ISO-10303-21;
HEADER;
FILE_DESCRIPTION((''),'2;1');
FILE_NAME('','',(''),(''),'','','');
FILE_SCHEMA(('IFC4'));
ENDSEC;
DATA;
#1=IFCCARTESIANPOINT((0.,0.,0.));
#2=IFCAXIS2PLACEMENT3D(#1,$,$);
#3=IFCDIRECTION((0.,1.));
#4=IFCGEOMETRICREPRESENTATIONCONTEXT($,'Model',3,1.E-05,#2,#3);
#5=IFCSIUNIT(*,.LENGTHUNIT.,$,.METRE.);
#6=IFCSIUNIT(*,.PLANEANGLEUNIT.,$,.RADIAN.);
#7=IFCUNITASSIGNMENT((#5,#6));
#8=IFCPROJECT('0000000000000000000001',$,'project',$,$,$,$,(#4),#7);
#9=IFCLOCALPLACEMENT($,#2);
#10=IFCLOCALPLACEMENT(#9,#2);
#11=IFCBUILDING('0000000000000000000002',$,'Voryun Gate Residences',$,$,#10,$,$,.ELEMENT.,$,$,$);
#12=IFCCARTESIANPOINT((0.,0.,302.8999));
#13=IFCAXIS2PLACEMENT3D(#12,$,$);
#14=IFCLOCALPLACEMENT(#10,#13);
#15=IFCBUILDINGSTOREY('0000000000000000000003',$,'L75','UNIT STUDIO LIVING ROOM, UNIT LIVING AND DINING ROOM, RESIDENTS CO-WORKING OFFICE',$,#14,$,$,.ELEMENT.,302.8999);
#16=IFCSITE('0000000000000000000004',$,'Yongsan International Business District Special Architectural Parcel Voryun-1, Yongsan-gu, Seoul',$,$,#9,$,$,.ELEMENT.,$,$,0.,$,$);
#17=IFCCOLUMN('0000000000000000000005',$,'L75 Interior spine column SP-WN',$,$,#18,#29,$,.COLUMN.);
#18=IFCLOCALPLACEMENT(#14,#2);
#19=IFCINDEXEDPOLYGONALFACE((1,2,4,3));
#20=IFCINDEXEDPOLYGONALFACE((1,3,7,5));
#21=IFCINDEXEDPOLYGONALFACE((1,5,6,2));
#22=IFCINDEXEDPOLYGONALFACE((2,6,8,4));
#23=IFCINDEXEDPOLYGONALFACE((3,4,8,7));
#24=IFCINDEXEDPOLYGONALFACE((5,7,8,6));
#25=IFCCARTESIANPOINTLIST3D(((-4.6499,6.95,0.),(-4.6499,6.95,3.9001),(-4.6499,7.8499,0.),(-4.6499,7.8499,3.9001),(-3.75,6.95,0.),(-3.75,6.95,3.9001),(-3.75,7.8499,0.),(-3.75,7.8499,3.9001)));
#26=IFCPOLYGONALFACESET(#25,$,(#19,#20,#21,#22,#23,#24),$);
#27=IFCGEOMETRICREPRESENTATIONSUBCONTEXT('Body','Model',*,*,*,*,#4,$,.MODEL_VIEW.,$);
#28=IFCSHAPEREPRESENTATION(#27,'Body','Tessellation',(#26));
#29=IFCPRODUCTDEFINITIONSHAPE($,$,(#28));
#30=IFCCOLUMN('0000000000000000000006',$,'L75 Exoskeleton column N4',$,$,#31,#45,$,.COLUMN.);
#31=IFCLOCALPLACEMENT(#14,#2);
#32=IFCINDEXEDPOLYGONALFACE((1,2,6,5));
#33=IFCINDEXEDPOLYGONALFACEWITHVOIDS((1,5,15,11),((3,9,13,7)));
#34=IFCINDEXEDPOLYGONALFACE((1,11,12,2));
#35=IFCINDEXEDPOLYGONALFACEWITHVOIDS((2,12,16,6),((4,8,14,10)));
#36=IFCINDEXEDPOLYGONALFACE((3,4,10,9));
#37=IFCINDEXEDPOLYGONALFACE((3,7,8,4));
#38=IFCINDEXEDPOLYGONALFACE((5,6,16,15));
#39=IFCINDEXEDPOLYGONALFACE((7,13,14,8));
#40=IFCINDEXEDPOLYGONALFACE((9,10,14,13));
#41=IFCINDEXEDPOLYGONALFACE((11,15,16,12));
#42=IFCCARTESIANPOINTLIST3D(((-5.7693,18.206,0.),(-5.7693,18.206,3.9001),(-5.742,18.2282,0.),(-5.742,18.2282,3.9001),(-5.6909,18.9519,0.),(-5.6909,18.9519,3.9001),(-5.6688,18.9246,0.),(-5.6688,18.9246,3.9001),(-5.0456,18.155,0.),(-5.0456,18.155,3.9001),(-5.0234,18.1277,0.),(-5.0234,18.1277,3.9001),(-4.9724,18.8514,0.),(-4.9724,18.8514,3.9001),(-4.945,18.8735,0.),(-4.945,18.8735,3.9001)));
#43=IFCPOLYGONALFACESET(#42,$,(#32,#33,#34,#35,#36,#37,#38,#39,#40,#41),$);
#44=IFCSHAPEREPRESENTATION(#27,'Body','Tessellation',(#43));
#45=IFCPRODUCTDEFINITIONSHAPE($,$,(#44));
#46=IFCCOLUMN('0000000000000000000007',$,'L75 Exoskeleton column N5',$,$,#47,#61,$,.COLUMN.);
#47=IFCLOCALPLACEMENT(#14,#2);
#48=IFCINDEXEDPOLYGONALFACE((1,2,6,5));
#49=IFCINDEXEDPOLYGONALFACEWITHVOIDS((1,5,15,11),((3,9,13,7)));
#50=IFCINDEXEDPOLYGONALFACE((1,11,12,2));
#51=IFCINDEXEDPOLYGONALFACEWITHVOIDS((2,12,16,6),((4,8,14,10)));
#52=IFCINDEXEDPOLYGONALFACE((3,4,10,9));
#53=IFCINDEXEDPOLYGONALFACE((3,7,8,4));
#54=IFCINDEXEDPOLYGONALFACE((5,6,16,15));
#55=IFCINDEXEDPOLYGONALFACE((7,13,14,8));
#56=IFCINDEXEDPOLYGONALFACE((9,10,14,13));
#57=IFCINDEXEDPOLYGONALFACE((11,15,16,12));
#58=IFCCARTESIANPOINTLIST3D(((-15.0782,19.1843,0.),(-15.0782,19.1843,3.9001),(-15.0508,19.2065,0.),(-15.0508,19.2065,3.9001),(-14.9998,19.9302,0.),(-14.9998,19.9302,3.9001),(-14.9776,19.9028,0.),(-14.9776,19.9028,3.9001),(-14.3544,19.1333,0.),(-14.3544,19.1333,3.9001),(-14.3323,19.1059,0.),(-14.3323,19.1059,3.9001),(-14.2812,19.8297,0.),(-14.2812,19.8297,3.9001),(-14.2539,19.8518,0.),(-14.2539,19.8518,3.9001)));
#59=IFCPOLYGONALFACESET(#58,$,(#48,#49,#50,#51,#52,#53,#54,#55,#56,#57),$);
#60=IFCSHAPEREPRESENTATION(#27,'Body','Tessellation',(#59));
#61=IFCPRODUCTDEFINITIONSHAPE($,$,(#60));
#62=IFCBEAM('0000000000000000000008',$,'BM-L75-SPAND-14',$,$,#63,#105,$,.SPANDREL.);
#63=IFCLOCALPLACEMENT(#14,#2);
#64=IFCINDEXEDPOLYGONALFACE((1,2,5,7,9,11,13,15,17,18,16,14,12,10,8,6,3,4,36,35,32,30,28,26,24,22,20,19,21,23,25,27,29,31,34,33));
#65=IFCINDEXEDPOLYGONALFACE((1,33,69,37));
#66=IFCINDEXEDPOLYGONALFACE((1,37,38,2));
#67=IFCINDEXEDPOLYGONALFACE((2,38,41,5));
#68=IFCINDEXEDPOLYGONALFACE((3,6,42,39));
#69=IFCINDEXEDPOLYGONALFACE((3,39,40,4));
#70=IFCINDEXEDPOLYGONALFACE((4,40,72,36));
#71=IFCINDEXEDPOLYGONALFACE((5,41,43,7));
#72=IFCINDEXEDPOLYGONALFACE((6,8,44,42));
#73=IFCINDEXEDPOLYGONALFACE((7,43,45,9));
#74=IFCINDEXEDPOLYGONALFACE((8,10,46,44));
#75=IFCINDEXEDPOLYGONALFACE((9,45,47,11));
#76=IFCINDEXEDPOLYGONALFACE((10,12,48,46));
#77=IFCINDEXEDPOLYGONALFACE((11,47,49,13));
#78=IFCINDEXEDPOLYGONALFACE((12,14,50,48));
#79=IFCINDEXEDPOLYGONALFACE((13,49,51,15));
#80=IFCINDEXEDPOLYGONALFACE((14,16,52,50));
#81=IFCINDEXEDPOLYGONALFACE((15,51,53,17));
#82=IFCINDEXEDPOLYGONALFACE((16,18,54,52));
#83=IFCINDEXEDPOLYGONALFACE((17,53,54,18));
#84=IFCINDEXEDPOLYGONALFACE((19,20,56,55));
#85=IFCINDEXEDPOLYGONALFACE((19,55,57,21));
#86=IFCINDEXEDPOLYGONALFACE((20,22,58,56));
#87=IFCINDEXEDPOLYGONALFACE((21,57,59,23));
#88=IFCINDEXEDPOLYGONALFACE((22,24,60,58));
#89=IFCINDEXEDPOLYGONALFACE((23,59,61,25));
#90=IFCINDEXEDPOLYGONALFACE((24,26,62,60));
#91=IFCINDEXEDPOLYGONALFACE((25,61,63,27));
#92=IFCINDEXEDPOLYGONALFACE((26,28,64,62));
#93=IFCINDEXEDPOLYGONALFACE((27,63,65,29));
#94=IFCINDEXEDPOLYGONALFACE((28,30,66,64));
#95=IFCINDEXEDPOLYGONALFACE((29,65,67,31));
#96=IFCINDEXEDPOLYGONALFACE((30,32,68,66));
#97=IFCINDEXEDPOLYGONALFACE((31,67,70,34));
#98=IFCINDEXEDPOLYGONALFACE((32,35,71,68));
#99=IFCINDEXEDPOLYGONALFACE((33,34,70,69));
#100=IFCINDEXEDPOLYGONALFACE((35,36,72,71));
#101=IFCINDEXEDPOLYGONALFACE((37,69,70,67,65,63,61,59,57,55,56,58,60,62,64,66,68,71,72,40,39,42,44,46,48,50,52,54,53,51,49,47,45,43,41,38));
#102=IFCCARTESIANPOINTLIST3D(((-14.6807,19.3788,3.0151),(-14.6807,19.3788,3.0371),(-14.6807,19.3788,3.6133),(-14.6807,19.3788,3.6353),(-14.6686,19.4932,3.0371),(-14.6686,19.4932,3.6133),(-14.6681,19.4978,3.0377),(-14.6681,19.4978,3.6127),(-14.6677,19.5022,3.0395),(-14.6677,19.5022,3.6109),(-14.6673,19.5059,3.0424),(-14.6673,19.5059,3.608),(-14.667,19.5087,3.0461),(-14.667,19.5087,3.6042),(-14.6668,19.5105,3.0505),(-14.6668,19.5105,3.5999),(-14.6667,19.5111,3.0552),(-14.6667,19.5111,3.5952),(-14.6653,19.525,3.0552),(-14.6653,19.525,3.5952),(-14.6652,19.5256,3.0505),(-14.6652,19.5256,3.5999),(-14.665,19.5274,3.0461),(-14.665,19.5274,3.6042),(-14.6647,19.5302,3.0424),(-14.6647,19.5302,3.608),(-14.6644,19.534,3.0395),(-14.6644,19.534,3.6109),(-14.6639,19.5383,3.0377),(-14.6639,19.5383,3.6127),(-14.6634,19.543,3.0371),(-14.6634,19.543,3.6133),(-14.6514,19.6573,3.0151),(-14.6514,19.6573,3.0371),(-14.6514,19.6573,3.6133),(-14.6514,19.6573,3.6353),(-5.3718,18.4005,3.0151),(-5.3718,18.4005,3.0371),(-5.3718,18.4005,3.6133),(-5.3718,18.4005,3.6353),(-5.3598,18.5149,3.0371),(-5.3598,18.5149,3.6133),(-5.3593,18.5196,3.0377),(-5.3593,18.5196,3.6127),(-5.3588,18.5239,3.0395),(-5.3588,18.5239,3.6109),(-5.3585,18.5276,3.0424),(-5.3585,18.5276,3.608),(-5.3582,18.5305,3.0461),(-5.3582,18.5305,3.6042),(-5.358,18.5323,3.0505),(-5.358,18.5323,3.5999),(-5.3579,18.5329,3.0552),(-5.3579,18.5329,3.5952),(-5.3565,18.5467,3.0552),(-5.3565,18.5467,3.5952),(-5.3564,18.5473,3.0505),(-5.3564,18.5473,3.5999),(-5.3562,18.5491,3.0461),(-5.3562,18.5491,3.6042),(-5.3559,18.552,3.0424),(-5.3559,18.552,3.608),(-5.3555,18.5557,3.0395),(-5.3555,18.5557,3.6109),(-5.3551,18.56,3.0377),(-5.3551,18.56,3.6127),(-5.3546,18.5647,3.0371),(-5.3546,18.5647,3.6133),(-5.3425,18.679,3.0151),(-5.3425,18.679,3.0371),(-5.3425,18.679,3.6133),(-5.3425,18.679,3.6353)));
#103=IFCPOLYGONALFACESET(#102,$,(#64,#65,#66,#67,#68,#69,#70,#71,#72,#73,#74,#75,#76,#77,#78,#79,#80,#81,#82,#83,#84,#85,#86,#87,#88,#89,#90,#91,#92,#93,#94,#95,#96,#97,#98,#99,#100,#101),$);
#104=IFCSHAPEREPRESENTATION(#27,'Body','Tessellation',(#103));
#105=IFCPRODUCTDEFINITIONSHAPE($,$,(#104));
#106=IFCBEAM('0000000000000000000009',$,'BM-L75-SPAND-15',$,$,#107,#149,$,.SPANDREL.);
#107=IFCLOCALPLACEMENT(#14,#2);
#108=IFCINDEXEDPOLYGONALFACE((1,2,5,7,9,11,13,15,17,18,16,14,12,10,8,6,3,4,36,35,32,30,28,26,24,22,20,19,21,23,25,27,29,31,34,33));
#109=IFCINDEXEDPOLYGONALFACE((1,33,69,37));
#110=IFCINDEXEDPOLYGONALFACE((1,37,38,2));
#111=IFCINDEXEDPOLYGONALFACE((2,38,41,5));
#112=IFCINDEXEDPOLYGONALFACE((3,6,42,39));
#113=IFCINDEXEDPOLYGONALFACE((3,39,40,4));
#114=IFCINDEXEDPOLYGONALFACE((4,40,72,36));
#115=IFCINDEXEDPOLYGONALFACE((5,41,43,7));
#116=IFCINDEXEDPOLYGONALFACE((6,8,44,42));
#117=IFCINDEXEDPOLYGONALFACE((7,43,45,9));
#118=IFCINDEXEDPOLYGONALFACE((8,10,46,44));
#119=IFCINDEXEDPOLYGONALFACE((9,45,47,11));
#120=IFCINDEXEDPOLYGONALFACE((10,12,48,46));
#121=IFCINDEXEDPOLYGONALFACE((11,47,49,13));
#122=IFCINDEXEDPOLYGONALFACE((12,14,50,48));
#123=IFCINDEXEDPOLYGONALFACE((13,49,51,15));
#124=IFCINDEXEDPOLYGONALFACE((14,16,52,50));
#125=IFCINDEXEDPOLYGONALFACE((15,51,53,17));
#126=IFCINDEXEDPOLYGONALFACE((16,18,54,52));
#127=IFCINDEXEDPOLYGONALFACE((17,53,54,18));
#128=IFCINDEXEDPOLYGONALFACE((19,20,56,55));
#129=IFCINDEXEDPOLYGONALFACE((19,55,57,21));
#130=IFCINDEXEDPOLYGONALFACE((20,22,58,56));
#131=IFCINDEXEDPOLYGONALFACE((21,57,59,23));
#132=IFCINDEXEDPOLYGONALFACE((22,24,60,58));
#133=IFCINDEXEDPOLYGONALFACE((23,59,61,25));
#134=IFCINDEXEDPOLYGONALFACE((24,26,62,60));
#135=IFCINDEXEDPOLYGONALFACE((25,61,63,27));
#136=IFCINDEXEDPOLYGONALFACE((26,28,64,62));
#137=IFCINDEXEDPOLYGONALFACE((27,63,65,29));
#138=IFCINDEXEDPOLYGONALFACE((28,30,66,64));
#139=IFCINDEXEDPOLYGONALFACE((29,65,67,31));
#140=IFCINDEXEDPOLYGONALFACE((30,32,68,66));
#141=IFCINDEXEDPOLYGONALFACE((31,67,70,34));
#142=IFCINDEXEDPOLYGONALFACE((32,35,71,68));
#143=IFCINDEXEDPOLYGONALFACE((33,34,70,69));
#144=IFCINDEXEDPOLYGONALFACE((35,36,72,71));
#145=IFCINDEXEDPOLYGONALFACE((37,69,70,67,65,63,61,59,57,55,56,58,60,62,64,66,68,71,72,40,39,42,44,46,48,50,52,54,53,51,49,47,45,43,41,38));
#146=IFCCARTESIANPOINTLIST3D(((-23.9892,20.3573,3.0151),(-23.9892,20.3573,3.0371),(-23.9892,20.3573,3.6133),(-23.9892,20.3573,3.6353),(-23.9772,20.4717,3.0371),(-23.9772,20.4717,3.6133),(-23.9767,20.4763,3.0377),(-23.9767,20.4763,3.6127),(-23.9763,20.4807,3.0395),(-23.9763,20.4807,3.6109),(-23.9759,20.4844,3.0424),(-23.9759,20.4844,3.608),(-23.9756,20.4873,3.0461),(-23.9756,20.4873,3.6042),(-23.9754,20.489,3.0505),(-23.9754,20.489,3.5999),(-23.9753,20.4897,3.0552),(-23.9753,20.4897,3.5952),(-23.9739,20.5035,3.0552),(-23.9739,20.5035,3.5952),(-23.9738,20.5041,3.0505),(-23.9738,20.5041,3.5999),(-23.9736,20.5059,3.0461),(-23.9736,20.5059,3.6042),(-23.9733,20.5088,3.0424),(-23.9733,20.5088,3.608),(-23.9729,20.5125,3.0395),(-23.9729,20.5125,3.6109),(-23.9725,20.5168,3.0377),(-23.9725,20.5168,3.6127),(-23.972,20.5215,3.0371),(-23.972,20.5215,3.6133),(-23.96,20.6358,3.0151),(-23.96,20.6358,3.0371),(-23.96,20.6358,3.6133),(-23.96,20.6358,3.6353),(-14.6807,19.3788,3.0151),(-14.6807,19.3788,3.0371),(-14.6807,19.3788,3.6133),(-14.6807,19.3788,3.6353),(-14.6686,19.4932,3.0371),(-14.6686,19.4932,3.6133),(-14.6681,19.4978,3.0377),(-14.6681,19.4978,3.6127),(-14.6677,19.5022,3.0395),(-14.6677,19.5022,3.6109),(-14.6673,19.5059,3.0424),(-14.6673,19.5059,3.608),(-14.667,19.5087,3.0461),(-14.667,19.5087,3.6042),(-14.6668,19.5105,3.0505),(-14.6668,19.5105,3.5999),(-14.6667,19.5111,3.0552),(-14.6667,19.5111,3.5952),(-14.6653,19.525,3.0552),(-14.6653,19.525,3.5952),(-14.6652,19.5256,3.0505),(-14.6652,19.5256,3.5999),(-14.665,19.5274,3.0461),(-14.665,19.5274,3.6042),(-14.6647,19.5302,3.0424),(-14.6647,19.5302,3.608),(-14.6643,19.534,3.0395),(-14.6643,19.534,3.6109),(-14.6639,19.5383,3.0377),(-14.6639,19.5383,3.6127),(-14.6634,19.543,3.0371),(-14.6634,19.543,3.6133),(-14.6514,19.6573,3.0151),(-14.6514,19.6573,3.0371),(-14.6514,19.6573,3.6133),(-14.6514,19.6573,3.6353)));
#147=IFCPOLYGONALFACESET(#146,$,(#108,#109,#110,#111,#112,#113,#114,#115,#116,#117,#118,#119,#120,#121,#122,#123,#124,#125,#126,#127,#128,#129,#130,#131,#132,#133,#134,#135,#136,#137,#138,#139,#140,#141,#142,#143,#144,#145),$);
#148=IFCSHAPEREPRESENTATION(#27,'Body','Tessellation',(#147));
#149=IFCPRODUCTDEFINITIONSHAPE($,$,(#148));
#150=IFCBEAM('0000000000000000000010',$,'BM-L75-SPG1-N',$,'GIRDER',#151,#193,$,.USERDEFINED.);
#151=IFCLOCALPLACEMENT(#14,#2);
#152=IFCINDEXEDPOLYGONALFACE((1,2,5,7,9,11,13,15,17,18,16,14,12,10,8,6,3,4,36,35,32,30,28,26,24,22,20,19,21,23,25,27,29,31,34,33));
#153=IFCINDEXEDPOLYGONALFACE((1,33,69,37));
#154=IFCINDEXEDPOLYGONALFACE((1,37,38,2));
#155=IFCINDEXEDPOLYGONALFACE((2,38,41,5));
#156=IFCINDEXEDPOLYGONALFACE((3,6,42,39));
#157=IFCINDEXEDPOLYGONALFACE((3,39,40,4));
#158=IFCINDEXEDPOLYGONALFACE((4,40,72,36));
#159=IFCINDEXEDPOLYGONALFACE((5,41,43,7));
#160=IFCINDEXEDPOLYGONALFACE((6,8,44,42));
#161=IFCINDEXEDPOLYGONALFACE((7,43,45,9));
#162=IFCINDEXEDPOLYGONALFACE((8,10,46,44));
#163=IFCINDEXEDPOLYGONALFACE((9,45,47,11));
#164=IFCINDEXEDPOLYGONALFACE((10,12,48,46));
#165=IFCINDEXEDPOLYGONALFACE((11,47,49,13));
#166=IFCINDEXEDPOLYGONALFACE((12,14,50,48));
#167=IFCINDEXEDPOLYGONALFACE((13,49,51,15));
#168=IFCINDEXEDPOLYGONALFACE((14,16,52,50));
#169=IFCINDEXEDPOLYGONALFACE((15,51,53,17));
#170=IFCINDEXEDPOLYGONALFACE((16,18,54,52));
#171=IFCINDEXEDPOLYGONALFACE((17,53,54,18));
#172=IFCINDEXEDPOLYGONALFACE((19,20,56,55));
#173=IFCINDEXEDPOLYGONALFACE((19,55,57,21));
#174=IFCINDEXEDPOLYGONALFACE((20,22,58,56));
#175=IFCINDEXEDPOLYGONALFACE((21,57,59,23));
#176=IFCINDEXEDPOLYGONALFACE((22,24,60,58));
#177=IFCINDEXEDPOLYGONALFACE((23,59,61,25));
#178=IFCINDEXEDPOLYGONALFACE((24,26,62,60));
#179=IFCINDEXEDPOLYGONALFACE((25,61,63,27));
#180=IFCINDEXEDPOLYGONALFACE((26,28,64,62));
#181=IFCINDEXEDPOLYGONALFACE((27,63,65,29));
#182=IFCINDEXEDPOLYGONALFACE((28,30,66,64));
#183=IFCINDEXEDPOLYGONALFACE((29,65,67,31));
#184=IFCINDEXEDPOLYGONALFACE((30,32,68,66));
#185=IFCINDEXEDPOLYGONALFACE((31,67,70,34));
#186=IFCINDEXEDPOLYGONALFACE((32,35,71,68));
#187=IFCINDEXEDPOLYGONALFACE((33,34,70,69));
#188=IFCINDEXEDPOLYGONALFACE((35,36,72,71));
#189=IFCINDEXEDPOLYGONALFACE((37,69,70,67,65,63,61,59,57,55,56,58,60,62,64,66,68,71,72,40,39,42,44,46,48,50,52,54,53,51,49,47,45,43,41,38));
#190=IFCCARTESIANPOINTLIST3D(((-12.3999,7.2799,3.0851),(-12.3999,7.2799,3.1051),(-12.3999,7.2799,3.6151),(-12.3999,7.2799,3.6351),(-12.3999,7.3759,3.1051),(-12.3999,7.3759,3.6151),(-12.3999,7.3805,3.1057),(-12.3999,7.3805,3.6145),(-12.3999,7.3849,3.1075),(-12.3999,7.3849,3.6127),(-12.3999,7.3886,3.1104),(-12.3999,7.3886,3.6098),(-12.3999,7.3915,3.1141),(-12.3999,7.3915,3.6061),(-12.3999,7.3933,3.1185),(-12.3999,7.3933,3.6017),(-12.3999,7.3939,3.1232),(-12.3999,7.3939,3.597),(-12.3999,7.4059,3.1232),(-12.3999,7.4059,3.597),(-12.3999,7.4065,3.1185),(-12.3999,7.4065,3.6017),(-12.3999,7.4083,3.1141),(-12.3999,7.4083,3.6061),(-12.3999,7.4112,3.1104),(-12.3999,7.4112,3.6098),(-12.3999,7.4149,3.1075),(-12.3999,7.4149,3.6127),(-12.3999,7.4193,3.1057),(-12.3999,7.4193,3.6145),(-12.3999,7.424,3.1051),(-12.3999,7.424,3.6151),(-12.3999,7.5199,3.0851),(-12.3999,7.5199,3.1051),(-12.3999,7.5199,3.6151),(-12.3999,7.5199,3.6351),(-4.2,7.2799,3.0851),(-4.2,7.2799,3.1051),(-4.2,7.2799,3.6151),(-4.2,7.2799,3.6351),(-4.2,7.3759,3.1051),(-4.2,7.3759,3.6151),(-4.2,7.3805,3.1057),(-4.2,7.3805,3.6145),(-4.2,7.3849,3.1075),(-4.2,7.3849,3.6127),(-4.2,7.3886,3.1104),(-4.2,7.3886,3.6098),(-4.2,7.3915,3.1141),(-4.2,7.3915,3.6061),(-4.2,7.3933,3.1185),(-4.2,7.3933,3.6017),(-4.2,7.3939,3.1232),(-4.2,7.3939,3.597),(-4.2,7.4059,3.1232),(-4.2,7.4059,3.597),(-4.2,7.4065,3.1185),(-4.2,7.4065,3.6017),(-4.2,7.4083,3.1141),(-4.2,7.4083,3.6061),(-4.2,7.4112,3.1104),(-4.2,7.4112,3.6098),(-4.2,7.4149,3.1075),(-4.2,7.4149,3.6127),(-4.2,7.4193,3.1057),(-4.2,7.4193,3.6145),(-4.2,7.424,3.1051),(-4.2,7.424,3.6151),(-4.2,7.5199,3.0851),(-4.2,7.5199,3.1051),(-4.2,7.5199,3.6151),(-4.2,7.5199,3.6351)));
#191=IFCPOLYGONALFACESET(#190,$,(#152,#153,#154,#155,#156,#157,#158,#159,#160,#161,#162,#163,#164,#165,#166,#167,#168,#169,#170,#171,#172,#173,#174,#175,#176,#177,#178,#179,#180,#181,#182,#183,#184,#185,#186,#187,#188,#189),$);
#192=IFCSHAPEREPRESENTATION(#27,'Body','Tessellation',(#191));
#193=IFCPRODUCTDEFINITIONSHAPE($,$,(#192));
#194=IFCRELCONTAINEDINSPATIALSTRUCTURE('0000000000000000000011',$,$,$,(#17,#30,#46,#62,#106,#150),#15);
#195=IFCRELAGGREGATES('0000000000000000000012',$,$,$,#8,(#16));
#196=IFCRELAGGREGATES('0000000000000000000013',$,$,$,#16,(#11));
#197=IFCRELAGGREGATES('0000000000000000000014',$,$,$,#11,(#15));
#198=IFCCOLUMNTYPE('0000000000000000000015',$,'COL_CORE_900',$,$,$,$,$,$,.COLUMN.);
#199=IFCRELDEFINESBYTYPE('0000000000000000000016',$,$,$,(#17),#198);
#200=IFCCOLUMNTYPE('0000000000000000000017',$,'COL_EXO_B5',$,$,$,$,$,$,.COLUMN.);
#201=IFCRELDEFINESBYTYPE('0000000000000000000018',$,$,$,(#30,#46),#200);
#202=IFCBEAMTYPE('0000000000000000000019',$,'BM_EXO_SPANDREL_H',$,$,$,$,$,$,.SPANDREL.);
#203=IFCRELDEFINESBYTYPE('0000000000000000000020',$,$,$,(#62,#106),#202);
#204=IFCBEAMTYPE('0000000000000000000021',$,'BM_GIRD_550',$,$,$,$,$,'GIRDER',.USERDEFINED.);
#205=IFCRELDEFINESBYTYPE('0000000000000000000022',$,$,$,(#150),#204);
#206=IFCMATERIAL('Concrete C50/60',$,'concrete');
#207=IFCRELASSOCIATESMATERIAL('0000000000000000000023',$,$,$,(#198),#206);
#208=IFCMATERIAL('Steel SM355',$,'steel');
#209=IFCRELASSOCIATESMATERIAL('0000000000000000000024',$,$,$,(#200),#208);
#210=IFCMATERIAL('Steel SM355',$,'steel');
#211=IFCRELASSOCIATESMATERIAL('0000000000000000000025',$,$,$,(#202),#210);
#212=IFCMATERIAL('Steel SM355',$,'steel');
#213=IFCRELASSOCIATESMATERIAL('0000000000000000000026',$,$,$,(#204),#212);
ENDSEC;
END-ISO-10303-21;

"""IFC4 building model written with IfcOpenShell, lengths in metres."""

from ifc_helpers import new_model, si_unit, direction, frame, origin, origin_2d, place, context, subcontext, project, spatial, rectangle, hollow_rectangle, i_section, extrude, material, material_profile, profile_set, type_object, element, save


model = new_model("IFC4")

# Units and contexts
model_context = context("Model", 3, precision=1e-05, world=origin(), true_north=direction((0.0, 1.0)))
body_context = subcontext(model_context, "Body", "Model", "MODEL_VIEW")
ifc_project = project(units=[si_unit("LENGTHUNIT", "METRE"), si_unit("PLANEANGLEUNIT", "RADIAN")], contexts=[model_context])

# Site, building, storey
site_placement = place(None, origin())
site = spatial("IfcSite", under=ifc_project, at=site_placement, Name="Yongsan International Business District Special Architectural Parcel Voryun-1, Yongsan-gu, Seoul", CompositionType="ELEMENT", RefElevation=0.0)
building_placement = place(site_placement, origin())
building = spatial("IfcBuilding", under=site, at=building_placement, Name="Voryun Gate Residences", CompositionType="ELEMENT")
storey_placement = place(building_placement, frame((0.0, 0.0, 302.8999)))
storey = spatial("IfcBuildingStorey", under=building, at=storey_placement, Name="L75", Description="UNIT STUDIO LIVING ROOM, UNIT LIVING AND DINING ROOM, RESIDENTS CO-WORKING OFFICE", CompositionType="ELEMENT", Elevation=302.8999)

# Columns
ifc_material_1 = material(Name="Concrete C50/60", Category="concrete")
ifc_material_profile_1 = material_profile(ifc_material_1, rectangle(XDim=0.8999, YDim=0.8999, at=origin_2d()), Name="RC-900x900")
ifc_profile_set_1 = profile_set([ifc_material_profile_1], Name="Concrete C50/60")
column_type_1 = type_object("IfcColumnType", Name="COL_CORE_900", PredefinedType="COLUMN", material=ifc_profile_set_1)
column_placement = place(storey_placement, frame((-4.2, 7.3999, 0.0), z_axis=(0.0, 0.0, 1.0), x_axis=(1.0, 0.0, 0.0)))
element("IfcColumn", 1, at=column_placement, inside=storey, type_object=column_type_1, Name="L75 Interior spine column SP-WN", PredefinedType="COLUMN", context=body_context, shape_type="SweptSolid", body=[
    extrude(rectangle(XDim=0.8999, YDim=0.8999, at=origin_2d()), origin(), (0.0, 0.0, 1.0), 3.9001),
])
ifc_material_2 = material(Name="Steel SM355", Category="steel")
ifc_material_profile_2 = material_profile(ifc_material_2, hollow_rectangle(XDim=0.75, YDim=0.75, WallThickness=0.0249, at=origin_2d()), Name="BOX-750x750x25")
ifc_profile_set_2 = profile_set([ifc_material_profile_2], Name="Steel SM355")
column_type_2 = type_object("IfcColumnType", Name="COL_EXO_B5", PredefinedType="COLUMN", material=ifc_profile_set_2)
for number, where, z_axis, x_axis, name in (
    (2, (-5.3572, 18.5398, 0.0), (0.0, 0.0, 1.0), (0.994522, -0.104528, 0.0), "L75 Exoskeleton column N4"),
    (3, (-14.666, 19.5181, 0.0), (0.0, 0.0, 1.0), (0.994522, -0.104528, 0.0), "L75 Exoskeleton column N5"),
):
    element("IfcColumn", number, at=place(storey_placement, frame(where, z_axis=z_axis, x_axis=x_axis)), inside=storey, type_object=column_type_2, Name=name, PredefinedType="COLUMN", context=body_context, shape_type="SweptSolid", body=[
        extrude(hollow_rectangle(XDim=0.75, YDim=0.75, WallThickness=0.0249, at=origin_2d()), origin(), (0.0, 0.0, 1.0), 3.9001),
    ])

# Beams
ifc_material_3 = material(Name="Steel SM355", Category="steel")
ifc_material_profile_3 = material_profile(ifc_material_3, i_section(OverallWidth=0.28, OverallDepth=0.6201, WebThickness=0.0139, FlangeThickness=0.022, FilletRadius=0.0181, at=origin_2d()), Name="H-620x280x14x22")
ifc_profile_set_3 = profile_set([ifc_material_profile_3], Name="Steel SM355")
beam_type_1 = type_object("IfcBeamType", Name="BM_EXO_SPANDREL_H", PredefinedType="SPANDREL", material=ifc_profile_set_3)
beam_1_placement = place(storey_placement, frame((-5.3572, 18.5398, 3.3252), z_axis=(-0.994523, 0.104515, 0.0), x_axis=(-0.104515, -0.994523, 0.0)))
element("IfcBeam", 4, at=beam_1_placement, inside=storey, type_object=beam_type_1, Name="BM-L75-SPAND-14", PredefinedType="SPANDREL", context=body_context, shape_type="SweptSolid", body=[
    extrude(i_section(OverallWidth=0.28, OverallDepth=0.6201, WebThickness=0.0139, FlangeThickness=0.022, FilletRadius=0.0181, at=origin_2d()), origin(), (0.0, 0.0, 1.0), 9.3601),
])
beam_2_placement = place(storey_placement, frame((-14.666, 19.5181, 3.3252), z_axis=(-0.99452, 0.104544, 0.0), x_axis=(-0.104544, -0.99452, 0.0)))
element("IfcBeam", 5, at=beam_2_placement, inside=storey, type_object=beam_type_1, Name="BM-L75-SPAND-15", PredefinedType="SPANDREL", context=body_context, shape_type="SweptSolid", body=[
    extrude(i_section(OverallWidth=0.28, OverallDepth=0.6201, WebThickness=0.0139, FlangeThickness=0.022, FilletRadius=0.0181, at=origin_2d()), origin(), (0.0, 0.0, 1.0), 9.3599),
])
ifc_material_4 = material(Name="Steel SM355", Category="steel")
ifc_material_profile_4 = material_profile(ifc_material_4, i_section(OverallWidth=0.24, OverallDepth=0.55, WebThickness=0.012, FlangeThickness=0.02, FilletRadius=0.0181, at=origin_2d()), Name="H-550x240x12x20")
ifc_profile_set_4 = profile_set([ifc_material_profile_4], Name="Steel SM355")
beam_type_2 = type_object("IfcBeamType", Name="BM_GIRD_550", ElementType="GIRDER", PredefinedType="USERDEFINED", material=ifc_profile_set_4)
beam_3_placement = place(storey_placement, frame((-12.3999, 7.3999, 3.3601), z_axis=(1.0, 0.0, 0.0), x_axis=(0.0, 1.0, 0.0)))
element("IfcBeam", 6, at=beam_3_placement, inside=storey, type_object=beam_type_2, Name="BM-L75-SPG1-N", ObjectType="GIRDER", PredefinedType="USERDEFINED", context=body_context, shape_type="SweptSolid", body=[
    extrude(i_section(OverallWidth=0.24, OverallDepth=0.55, WebThickness=0.012, FlangeThickness=0.02, FilletRadius=0.0181, at=origin_2d()), origin(), (0.0, 0.0, 1.0), 8.2),
])

save(model, "model.ifc")
